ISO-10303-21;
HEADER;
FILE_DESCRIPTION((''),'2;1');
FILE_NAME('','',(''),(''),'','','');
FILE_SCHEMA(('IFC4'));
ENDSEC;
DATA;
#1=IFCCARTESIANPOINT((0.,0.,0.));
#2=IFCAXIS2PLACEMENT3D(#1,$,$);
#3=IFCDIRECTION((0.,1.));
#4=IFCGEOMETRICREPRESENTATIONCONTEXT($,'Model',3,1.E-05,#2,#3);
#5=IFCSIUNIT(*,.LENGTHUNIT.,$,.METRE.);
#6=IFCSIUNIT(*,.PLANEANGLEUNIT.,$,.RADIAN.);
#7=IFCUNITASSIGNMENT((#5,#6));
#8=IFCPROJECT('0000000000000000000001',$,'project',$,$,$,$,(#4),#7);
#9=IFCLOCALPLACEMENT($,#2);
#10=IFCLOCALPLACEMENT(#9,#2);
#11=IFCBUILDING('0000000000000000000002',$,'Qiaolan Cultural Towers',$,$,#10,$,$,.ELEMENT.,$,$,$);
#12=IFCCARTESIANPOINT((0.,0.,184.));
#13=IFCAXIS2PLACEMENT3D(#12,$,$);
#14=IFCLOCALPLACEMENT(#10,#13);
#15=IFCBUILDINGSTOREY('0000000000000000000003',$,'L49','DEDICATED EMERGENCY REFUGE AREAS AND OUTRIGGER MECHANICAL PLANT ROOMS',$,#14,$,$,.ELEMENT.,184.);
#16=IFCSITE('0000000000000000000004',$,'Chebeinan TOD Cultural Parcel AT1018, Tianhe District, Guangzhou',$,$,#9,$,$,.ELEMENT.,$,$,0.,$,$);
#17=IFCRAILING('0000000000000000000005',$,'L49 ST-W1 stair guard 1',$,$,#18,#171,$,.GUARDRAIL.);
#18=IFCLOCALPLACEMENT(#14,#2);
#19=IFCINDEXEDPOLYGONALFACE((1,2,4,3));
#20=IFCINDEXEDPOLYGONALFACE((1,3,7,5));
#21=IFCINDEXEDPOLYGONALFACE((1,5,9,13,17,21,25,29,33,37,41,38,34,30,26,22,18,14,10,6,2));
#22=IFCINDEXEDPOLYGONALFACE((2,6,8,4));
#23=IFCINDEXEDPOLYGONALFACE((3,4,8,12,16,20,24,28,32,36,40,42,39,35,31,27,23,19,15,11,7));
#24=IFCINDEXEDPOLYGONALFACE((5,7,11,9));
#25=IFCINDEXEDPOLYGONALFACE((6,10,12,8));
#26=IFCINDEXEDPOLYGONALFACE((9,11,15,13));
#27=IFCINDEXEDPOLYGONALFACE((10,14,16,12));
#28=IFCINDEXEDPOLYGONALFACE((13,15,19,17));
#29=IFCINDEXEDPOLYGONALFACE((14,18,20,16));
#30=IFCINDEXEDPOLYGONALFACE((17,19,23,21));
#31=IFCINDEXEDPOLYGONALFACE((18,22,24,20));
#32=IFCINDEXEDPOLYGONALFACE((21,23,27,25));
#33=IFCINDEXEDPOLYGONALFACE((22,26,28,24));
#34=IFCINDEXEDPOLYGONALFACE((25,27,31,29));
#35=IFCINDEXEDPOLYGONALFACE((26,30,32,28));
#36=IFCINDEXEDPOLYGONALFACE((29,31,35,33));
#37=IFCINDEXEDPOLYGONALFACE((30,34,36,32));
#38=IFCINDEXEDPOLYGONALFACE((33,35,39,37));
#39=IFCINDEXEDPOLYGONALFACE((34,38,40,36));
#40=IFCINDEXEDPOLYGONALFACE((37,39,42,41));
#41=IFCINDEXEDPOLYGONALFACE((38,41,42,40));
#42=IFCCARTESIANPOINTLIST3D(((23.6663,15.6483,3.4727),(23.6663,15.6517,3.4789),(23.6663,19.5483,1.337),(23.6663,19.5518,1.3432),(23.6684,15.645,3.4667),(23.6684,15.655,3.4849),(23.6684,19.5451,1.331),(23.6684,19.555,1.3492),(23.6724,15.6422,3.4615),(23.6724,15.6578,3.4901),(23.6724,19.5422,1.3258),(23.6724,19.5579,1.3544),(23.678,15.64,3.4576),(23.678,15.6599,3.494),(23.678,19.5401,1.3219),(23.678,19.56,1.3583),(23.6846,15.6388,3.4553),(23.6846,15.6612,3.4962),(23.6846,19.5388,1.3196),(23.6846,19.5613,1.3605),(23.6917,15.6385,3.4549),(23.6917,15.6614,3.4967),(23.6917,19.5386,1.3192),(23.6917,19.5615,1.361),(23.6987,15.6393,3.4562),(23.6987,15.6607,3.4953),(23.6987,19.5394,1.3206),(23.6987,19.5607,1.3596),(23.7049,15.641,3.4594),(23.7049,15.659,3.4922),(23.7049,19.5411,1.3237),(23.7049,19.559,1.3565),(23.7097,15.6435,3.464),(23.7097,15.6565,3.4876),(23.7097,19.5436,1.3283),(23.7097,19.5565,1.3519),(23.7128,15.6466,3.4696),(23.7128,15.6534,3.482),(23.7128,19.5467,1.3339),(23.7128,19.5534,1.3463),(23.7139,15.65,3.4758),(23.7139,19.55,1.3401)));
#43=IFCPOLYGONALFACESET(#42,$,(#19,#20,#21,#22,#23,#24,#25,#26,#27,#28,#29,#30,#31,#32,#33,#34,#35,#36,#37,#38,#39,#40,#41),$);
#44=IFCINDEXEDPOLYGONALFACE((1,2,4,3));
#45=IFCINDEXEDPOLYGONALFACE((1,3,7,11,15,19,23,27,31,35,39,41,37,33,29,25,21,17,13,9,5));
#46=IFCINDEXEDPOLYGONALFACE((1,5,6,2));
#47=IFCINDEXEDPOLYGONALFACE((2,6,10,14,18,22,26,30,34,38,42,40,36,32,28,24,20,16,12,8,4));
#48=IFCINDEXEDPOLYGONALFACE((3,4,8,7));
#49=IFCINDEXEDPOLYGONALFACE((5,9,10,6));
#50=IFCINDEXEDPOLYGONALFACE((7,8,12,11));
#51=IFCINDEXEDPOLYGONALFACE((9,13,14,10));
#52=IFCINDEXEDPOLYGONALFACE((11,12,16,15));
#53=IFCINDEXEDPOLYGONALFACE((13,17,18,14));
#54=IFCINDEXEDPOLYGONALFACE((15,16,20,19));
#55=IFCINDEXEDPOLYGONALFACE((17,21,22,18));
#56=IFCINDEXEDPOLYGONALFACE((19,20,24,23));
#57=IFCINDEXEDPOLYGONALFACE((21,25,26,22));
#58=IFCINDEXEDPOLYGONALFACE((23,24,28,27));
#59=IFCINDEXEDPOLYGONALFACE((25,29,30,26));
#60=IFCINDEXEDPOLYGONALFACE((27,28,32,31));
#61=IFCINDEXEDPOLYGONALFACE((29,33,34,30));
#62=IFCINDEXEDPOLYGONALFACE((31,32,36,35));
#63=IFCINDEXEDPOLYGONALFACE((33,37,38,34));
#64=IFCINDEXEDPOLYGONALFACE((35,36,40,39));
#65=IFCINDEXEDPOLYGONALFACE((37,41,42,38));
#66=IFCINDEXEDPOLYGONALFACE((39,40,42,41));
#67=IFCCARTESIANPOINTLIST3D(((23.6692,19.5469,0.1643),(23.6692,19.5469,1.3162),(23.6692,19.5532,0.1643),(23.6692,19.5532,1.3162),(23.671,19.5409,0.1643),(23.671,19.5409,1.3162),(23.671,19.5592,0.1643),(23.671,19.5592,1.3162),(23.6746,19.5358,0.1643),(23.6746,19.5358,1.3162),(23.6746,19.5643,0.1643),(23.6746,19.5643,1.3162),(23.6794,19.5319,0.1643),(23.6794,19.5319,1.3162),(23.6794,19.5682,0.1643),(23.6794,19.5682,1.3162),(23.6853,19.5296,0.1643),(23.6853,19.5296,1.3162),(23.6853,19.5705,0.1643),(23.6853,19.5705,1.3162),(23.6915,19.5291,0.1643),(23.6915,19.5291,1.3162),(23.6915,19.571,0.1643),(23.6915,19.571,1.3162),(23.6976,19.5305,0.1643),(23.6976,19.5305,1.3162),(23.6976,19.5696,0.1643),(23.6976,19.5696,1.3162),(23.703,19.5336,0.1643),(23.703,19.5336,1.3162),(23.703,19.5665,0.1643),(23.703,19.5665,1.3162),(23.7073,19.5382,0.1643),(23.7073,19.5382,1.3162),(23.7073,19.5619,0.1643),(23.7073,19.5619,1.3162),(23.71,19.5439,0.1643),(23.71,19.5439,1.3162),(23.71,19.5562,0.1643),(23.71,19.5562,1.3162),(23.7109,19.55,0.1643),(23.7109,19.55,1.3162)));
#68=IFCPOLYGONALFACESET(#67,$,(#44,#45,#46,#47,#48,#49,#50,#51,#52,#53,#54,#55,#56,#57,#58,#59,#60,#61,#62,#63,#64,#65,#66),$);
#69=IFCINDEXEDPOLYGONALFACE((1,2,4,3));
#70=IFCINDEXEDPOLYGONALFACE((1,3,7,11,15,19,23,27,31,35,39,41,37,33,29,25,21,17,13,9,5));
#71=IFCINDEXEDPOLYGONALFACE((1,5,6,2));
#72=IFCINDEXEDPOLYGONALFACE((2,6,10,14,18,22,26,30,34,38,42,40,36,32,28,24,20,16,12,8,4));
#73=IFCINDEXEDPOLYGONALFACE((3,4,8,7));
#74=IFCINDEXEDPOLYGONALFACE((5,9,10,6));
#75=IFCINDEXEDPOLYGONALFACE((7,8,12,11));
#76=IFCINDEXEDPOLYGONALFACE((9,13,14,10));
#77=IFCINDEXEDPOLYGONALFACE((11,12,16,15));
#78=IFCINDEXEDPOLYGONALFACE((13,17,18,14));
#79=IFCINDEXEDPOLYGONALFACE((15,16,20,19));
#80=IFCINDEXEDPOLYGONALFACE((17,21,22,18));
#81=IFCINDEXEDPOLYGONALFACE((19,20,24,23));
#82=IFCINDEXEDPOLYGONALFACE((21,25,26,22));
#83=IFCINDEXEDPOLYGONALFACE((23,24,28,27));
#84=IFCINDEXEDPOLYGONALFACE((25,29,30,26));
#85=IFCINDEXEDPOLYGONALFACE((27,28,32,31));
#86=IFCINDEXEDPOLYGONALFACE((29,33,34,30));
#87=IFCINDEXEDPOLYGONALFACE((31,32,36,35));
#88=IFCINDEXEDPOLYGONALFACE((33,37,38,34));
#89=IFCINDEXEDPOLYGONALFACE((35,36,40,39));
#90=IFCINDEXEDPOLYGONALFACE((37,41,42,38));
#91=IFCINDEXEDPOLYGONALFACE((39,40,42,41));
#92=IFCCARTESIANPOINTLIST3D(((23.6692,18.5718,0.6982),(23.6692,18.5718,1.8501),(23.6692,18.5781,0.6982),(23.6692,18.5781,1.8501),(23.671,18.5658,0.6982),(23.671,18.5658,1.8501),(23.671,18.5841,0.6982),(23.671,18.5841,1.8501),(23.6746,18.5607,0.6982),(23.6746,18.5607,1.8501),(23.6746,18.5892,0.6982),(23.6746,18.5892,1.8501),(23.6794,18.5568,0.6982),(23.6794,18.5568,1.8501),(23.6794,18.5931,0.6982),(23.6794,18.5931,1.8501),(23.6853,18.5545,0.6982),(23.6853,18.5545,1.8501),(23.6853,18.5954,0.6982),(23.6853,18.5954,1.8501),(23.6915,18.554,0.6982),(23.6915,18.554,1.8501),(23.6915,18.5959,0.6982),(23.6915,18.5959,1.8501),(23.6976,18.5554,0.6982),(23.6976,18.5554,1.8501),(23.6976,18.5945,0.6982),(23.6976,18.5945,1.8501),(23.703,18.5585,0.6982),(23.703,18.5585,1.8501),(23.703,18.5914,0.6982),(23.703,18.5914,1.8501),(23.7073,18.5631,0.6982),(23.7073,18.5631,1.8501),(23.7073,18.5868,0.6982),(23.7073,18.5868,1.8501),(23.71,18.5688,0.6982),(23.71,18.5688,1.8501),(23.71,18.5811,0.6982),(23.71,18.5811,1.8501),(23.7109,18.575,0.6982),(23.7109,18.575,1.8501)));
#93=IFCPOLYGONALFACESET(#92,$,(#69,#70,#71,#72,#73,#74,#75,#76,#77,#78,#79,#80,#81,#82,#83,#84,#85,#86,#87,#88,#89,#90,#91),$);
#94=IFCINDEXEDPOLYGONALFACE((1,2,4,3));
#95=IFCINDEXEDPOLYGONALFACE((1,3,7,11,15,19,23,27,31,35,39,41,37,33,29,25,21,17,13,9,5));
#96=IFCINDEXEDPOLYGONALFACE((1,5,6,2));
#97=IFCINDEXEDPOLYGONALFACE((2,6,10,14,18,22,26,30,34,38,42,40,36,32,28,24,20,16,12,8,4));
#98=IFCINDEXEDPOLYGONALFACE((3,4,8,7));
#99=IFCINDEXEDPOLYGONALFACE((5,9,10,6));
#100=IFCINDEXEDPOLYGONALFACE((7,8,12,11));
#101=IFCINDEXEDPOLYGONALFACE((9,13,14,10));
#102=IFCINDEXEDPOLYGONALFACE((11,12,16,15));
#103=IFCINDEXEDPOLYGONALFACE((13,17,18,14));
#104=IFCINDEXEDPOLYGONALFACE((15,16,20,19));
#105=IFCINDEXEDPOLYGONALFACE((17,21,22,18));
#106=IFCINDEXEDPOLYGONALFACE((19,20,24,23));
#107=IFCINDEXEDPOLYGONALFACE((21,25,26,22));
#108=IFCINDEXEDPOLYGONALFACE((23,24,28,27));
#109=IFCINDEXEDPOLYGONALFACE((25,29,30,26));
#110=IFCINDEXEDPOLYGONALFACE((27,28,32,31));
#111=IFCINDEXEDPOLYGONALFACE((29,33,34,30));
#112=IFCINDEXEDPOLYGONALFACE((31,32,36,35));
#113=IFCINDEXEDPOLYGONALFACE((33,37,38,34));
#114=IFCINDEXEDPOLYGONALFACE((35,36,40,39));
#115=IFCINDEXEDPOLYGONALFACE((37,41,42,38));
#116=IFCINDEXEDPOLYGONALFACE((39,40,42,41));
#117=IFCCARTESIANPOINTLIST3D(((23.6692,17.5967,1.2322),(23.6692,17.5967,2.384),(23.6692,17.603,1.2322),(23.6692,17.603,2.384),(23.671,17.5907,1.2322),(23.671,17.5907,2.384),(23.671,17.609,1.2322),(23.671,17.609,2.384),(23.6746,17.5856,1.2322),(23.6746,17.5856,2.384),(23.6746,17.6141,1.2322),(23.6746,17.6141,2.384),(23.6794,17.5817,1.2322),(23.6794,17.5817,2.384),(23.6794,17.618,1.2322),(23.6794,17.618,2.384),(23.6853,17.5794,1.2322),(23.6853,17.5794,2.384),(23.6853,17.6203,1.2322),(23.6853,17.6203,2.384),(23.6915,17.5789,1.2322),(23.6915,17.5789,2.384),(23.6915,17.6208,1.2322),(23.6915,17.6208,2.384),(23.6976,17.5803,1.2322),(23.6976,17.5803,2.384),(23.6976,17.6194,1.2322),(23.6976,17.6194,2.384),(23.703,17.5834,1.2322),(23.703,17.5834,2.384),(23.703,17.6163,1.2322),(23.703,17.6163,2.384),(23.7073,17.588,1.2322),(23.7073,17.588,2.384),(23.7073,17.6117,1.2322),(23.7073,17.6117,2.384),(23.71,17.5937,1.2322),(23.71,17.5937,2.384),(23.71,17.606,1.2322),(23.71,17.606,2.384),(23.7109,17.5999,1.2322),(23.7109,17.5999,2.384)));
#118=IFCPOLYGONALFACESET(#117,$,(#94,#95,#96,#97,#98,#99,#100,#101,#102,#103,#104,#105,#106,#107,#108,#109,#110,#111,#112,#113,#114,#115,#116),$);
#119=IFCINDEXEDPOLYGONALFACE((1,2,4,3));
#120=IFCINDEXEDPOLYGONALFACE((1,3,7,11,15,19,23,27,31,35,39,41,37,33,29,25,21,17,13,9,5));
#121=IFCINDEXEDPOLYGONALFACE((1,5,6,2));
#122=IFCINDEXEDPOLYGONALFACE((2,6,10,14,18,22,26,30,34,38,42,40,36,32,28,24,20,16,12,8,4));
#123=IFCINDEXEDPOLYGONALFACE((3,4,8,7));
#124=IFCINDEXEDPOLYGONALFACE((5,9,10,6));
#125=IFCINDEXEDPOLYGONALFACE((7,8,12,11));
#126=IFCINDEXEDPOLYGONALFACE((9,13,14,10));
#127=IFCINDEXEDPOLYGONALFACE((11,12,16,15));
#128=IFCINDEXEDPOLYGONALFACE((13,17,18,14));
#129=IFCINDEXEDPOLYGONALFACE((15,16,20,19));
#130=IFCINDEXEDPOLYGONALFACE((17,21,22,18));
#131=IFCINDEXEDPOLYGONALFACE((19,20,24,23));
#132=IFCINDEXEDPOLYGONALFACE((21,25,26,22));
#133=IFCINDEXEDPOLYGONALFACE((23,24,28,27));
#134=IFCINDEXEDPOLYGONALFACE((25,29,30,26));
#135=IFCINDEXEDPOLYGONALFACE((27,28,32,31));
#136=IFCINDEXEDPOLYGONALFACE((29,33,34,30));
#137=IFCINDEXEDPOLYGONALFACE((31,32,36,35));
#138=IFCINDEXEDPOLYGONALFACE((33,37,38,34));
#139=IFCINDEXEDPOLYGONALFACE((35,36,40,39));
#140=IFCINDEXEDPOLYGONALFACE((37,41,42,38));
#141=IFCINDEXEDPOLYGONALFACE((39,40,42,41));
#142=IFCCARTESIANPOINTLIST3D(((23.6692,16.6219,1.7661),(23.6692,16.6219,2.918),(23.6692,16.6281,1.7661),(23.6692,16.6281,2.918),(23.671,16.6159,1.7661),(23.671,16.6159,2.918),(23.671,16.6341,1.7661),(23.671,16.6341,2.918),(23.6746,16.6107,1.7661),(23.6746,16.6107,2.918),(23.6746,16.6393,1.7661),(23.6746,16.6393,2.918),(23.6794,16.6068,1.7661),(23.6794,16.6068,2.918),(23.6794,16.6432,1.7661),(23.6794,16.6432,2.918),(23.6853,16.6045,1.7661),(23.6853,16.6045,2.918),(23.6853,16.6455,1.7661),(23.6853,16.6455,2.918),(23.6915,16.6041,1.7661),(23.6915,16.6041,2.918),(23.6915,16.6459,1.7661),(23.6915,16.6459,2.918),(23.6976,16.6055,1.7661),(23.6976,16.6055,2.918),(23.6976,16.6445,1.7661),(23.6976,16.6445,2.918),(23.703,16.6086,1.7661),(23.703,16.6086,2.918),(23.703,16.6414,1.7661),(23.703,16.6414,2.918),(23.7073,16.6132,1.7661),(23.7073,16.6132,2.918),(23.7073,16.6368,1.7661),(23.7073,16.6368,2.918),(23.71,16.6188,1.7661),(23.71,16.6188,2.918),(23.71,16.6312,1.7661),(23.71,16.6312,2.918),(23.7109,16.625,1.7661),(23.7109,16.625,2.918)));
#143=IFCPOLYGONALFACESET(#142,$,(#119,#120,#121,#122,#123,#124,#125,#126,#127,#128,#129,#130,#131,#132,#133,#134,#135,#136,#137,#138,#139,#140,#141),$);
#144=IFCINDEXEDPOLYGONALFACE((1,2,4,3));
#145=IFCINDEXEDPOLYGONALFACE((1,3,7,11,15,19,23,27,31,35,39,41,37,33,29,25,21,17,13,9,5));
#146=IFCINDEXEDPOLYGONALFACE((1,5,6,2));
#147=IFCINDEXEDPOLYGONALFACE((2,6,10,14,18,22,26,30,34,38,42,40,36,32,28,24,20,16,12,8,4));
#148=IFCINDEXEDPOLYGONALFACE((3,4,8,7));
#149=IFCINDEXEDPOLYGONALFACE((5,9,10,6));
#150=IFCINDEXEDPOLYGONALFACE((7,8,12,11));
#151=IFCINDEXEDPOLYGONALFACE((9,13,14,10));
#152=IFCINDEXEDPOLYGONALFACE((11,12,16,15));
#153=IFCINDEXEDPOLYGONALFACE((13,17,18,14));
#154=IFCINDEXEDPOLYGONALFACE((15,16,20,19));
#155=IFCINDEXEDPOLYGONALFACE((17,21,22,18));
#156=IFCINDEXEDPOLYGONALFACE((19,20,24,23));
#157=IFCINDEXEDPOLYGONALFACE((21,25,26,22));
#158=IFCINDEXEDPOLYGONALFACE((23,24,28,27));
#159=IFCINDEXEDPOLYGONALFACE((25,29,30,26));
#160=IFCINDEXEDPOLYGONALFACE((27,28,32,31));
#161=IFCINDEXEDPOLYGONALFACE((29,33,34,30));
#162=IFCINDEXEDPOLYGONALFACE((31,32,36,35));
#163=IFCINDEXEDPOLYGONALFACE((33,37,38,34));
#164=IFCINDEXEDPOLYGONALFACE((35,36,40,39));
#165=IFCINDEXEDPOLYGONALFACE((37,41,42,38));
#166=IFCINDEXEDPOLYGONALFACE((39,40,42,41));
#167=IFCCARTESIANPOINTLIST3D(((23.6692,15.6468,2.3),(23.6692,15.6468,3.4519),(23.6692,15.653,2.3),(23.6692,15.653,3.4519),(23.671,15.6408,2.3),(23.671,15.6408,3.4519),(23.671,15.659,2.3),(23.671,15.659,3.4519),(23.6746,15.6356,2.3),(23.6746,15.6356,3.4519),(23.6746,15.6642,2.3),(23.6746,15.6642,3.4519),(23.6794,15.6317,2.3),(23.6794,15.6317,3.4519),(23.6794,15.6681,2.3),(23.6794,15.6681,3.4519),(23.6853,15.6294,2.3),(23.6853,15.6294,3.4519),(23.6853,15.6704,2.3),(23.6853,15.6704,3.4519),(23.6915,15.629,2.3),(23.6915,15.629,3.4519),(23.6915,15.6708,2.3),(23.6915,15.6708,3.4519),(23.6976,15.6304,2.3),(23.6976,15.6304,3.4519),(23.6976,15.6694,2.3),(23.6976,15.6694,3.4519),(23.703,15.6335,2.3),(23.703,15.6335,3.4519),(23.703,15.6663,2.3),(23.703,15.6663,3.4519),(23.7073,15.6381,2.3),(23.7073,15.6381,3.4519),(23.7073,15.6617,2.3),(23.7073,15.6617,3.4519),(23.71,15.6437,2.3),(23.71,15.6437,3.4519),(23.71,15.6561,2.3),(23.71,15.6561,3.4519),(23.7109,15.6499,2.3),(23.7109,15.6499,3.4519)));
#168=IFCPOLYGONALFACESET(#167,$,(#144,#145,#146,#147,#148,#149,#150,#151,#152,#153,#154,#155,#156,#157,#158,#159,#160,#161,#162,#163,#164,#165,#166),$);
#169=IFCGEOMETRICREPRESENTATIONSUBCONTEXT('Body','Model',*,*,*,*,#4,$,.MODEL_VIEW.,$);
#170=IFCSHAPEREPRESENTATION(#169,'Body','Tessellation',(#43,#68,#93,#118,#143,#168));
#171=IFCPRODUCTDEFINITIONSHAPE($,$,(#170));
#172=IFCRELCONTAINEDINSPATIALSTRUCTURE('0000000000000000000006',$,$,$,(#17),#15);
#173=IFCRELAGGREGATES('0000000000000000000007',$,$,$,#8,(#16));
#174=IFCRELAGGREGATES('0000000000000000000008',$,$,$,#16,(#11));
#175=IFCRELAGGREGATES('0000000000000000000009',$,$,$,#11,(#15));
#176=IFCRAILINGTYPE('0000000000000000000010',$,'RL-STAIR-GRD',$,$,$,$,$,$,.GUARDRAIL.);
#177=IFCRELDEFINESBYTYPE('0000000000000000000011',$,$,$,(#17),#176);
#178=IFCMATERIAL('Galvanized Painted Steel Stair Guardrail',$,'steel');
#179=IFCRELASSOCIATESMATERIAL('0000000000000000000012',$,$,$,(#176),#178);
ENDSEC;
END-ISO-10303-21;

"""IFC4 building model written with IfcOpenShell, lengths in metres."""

from ifc_helpers import new_model, si_unit, direction, frame, origin, origin_2d, place, context, subcontext, project, spatial, circle, extrude, material, type_object, element, save


model = new_model("IFC4")

# Units and contexts
model_context = context("Model", 3, precision=1e-05, world=origin(), true_north=direction((0.0, 1.0)))
body_context = subcontext(model_context, "Body", "Model", "MODEL_VIEW")
ifc_project = project(units=[si_unit("LENGTHUNIT", "METRE"), si_unit("PLANEANGLEUNIT", "RADIAN")], contexts=[model_context])

# Site, building, storey
site_placement = place(None, origin())
site = spatial("IfcSite", under=ifc_project, at=site_placement, Name="Chebeinan TOD Cultural Parcel AT1018, Tianhe District, Guangzhou", CompositionType="ELEMENT", RefElevation=0.0)
building_placement = place(site_placement, origin())
building = spatial("IfcBuilding", under=site, at=building_placement, Name="Qiaolan Cultural Towers", CompositionType="ELEMENT")
storey_placement = place(building_placement, frame((0.0, 0.0, 184.0)))
storey = spatial("IfcBuildingStorey", under=building, at=storey_placement, Name="L49", Description="DEDICATED EMERGENCY REFUGE AREAS AND OUTRIGGER MECHANICAL PLANT ROOMS", CompositionType="ELEMENT", Elevation=184.0)

# Railing
ifc_material_1 = material(Name="Galvanized Painted Steel Stair Guardrail", Category="steel")
railing_type = type_object("IfcRailingType", Name="RL-STAIR-GRD", PredefinedType="GUARDRAIL", material=ifc_material_1)
railing_1_placement = place(storey_placement, frame((23.6899, 19.55, 0.1643)))
element("IfcRailing", 1, at=railing_1_placement, inside=storey, type_object=railing_type, Name="L49 ST-W1 stair guard 1", PredefinedType="GUARDRAIL", context=body_context, shape_type="SweptSolid", body=[
    extrude(circle(Radius=0.0239, at=origin_2d()), frame((0.0, 0.0, 1.1758), z_axis=(0.0, -0.877101, 0.480306), x_axis=(1.0, 0.0, 0.0)), (0.0, 0.0, 1.0), 4.4465),
    extrude(circle(Radius=0.021, at=origin_2d()), origin(), (0.0, 0.0, 1.0), 1.1519),
    extrude(circle(Radius=0.021, at=origin_2d()), frame((0.0, -0.9751, 0.5339)), (0.0, 0.0, 1.0), 1.1519),
    extrude(circle(Radius=0.021, at=origin_2d()), frame((0.0, -1.9502, 1.0679)), (0.0, 0.0, 1.0), 1.1519),
    extrude(circle(Radius=0.021, at=origin_2d()), frame((0.0, -2.925, 1.6018)), (0.0, 0.0, 1.0), 1.1519),
    extrude(circle(Radius=0.021, at=origin_2d()), frame((0.0, -3.9001, 2.1357)), (0.0, 0.0, 1.0), 1.1519),
])

save(model, "model.ifc")
